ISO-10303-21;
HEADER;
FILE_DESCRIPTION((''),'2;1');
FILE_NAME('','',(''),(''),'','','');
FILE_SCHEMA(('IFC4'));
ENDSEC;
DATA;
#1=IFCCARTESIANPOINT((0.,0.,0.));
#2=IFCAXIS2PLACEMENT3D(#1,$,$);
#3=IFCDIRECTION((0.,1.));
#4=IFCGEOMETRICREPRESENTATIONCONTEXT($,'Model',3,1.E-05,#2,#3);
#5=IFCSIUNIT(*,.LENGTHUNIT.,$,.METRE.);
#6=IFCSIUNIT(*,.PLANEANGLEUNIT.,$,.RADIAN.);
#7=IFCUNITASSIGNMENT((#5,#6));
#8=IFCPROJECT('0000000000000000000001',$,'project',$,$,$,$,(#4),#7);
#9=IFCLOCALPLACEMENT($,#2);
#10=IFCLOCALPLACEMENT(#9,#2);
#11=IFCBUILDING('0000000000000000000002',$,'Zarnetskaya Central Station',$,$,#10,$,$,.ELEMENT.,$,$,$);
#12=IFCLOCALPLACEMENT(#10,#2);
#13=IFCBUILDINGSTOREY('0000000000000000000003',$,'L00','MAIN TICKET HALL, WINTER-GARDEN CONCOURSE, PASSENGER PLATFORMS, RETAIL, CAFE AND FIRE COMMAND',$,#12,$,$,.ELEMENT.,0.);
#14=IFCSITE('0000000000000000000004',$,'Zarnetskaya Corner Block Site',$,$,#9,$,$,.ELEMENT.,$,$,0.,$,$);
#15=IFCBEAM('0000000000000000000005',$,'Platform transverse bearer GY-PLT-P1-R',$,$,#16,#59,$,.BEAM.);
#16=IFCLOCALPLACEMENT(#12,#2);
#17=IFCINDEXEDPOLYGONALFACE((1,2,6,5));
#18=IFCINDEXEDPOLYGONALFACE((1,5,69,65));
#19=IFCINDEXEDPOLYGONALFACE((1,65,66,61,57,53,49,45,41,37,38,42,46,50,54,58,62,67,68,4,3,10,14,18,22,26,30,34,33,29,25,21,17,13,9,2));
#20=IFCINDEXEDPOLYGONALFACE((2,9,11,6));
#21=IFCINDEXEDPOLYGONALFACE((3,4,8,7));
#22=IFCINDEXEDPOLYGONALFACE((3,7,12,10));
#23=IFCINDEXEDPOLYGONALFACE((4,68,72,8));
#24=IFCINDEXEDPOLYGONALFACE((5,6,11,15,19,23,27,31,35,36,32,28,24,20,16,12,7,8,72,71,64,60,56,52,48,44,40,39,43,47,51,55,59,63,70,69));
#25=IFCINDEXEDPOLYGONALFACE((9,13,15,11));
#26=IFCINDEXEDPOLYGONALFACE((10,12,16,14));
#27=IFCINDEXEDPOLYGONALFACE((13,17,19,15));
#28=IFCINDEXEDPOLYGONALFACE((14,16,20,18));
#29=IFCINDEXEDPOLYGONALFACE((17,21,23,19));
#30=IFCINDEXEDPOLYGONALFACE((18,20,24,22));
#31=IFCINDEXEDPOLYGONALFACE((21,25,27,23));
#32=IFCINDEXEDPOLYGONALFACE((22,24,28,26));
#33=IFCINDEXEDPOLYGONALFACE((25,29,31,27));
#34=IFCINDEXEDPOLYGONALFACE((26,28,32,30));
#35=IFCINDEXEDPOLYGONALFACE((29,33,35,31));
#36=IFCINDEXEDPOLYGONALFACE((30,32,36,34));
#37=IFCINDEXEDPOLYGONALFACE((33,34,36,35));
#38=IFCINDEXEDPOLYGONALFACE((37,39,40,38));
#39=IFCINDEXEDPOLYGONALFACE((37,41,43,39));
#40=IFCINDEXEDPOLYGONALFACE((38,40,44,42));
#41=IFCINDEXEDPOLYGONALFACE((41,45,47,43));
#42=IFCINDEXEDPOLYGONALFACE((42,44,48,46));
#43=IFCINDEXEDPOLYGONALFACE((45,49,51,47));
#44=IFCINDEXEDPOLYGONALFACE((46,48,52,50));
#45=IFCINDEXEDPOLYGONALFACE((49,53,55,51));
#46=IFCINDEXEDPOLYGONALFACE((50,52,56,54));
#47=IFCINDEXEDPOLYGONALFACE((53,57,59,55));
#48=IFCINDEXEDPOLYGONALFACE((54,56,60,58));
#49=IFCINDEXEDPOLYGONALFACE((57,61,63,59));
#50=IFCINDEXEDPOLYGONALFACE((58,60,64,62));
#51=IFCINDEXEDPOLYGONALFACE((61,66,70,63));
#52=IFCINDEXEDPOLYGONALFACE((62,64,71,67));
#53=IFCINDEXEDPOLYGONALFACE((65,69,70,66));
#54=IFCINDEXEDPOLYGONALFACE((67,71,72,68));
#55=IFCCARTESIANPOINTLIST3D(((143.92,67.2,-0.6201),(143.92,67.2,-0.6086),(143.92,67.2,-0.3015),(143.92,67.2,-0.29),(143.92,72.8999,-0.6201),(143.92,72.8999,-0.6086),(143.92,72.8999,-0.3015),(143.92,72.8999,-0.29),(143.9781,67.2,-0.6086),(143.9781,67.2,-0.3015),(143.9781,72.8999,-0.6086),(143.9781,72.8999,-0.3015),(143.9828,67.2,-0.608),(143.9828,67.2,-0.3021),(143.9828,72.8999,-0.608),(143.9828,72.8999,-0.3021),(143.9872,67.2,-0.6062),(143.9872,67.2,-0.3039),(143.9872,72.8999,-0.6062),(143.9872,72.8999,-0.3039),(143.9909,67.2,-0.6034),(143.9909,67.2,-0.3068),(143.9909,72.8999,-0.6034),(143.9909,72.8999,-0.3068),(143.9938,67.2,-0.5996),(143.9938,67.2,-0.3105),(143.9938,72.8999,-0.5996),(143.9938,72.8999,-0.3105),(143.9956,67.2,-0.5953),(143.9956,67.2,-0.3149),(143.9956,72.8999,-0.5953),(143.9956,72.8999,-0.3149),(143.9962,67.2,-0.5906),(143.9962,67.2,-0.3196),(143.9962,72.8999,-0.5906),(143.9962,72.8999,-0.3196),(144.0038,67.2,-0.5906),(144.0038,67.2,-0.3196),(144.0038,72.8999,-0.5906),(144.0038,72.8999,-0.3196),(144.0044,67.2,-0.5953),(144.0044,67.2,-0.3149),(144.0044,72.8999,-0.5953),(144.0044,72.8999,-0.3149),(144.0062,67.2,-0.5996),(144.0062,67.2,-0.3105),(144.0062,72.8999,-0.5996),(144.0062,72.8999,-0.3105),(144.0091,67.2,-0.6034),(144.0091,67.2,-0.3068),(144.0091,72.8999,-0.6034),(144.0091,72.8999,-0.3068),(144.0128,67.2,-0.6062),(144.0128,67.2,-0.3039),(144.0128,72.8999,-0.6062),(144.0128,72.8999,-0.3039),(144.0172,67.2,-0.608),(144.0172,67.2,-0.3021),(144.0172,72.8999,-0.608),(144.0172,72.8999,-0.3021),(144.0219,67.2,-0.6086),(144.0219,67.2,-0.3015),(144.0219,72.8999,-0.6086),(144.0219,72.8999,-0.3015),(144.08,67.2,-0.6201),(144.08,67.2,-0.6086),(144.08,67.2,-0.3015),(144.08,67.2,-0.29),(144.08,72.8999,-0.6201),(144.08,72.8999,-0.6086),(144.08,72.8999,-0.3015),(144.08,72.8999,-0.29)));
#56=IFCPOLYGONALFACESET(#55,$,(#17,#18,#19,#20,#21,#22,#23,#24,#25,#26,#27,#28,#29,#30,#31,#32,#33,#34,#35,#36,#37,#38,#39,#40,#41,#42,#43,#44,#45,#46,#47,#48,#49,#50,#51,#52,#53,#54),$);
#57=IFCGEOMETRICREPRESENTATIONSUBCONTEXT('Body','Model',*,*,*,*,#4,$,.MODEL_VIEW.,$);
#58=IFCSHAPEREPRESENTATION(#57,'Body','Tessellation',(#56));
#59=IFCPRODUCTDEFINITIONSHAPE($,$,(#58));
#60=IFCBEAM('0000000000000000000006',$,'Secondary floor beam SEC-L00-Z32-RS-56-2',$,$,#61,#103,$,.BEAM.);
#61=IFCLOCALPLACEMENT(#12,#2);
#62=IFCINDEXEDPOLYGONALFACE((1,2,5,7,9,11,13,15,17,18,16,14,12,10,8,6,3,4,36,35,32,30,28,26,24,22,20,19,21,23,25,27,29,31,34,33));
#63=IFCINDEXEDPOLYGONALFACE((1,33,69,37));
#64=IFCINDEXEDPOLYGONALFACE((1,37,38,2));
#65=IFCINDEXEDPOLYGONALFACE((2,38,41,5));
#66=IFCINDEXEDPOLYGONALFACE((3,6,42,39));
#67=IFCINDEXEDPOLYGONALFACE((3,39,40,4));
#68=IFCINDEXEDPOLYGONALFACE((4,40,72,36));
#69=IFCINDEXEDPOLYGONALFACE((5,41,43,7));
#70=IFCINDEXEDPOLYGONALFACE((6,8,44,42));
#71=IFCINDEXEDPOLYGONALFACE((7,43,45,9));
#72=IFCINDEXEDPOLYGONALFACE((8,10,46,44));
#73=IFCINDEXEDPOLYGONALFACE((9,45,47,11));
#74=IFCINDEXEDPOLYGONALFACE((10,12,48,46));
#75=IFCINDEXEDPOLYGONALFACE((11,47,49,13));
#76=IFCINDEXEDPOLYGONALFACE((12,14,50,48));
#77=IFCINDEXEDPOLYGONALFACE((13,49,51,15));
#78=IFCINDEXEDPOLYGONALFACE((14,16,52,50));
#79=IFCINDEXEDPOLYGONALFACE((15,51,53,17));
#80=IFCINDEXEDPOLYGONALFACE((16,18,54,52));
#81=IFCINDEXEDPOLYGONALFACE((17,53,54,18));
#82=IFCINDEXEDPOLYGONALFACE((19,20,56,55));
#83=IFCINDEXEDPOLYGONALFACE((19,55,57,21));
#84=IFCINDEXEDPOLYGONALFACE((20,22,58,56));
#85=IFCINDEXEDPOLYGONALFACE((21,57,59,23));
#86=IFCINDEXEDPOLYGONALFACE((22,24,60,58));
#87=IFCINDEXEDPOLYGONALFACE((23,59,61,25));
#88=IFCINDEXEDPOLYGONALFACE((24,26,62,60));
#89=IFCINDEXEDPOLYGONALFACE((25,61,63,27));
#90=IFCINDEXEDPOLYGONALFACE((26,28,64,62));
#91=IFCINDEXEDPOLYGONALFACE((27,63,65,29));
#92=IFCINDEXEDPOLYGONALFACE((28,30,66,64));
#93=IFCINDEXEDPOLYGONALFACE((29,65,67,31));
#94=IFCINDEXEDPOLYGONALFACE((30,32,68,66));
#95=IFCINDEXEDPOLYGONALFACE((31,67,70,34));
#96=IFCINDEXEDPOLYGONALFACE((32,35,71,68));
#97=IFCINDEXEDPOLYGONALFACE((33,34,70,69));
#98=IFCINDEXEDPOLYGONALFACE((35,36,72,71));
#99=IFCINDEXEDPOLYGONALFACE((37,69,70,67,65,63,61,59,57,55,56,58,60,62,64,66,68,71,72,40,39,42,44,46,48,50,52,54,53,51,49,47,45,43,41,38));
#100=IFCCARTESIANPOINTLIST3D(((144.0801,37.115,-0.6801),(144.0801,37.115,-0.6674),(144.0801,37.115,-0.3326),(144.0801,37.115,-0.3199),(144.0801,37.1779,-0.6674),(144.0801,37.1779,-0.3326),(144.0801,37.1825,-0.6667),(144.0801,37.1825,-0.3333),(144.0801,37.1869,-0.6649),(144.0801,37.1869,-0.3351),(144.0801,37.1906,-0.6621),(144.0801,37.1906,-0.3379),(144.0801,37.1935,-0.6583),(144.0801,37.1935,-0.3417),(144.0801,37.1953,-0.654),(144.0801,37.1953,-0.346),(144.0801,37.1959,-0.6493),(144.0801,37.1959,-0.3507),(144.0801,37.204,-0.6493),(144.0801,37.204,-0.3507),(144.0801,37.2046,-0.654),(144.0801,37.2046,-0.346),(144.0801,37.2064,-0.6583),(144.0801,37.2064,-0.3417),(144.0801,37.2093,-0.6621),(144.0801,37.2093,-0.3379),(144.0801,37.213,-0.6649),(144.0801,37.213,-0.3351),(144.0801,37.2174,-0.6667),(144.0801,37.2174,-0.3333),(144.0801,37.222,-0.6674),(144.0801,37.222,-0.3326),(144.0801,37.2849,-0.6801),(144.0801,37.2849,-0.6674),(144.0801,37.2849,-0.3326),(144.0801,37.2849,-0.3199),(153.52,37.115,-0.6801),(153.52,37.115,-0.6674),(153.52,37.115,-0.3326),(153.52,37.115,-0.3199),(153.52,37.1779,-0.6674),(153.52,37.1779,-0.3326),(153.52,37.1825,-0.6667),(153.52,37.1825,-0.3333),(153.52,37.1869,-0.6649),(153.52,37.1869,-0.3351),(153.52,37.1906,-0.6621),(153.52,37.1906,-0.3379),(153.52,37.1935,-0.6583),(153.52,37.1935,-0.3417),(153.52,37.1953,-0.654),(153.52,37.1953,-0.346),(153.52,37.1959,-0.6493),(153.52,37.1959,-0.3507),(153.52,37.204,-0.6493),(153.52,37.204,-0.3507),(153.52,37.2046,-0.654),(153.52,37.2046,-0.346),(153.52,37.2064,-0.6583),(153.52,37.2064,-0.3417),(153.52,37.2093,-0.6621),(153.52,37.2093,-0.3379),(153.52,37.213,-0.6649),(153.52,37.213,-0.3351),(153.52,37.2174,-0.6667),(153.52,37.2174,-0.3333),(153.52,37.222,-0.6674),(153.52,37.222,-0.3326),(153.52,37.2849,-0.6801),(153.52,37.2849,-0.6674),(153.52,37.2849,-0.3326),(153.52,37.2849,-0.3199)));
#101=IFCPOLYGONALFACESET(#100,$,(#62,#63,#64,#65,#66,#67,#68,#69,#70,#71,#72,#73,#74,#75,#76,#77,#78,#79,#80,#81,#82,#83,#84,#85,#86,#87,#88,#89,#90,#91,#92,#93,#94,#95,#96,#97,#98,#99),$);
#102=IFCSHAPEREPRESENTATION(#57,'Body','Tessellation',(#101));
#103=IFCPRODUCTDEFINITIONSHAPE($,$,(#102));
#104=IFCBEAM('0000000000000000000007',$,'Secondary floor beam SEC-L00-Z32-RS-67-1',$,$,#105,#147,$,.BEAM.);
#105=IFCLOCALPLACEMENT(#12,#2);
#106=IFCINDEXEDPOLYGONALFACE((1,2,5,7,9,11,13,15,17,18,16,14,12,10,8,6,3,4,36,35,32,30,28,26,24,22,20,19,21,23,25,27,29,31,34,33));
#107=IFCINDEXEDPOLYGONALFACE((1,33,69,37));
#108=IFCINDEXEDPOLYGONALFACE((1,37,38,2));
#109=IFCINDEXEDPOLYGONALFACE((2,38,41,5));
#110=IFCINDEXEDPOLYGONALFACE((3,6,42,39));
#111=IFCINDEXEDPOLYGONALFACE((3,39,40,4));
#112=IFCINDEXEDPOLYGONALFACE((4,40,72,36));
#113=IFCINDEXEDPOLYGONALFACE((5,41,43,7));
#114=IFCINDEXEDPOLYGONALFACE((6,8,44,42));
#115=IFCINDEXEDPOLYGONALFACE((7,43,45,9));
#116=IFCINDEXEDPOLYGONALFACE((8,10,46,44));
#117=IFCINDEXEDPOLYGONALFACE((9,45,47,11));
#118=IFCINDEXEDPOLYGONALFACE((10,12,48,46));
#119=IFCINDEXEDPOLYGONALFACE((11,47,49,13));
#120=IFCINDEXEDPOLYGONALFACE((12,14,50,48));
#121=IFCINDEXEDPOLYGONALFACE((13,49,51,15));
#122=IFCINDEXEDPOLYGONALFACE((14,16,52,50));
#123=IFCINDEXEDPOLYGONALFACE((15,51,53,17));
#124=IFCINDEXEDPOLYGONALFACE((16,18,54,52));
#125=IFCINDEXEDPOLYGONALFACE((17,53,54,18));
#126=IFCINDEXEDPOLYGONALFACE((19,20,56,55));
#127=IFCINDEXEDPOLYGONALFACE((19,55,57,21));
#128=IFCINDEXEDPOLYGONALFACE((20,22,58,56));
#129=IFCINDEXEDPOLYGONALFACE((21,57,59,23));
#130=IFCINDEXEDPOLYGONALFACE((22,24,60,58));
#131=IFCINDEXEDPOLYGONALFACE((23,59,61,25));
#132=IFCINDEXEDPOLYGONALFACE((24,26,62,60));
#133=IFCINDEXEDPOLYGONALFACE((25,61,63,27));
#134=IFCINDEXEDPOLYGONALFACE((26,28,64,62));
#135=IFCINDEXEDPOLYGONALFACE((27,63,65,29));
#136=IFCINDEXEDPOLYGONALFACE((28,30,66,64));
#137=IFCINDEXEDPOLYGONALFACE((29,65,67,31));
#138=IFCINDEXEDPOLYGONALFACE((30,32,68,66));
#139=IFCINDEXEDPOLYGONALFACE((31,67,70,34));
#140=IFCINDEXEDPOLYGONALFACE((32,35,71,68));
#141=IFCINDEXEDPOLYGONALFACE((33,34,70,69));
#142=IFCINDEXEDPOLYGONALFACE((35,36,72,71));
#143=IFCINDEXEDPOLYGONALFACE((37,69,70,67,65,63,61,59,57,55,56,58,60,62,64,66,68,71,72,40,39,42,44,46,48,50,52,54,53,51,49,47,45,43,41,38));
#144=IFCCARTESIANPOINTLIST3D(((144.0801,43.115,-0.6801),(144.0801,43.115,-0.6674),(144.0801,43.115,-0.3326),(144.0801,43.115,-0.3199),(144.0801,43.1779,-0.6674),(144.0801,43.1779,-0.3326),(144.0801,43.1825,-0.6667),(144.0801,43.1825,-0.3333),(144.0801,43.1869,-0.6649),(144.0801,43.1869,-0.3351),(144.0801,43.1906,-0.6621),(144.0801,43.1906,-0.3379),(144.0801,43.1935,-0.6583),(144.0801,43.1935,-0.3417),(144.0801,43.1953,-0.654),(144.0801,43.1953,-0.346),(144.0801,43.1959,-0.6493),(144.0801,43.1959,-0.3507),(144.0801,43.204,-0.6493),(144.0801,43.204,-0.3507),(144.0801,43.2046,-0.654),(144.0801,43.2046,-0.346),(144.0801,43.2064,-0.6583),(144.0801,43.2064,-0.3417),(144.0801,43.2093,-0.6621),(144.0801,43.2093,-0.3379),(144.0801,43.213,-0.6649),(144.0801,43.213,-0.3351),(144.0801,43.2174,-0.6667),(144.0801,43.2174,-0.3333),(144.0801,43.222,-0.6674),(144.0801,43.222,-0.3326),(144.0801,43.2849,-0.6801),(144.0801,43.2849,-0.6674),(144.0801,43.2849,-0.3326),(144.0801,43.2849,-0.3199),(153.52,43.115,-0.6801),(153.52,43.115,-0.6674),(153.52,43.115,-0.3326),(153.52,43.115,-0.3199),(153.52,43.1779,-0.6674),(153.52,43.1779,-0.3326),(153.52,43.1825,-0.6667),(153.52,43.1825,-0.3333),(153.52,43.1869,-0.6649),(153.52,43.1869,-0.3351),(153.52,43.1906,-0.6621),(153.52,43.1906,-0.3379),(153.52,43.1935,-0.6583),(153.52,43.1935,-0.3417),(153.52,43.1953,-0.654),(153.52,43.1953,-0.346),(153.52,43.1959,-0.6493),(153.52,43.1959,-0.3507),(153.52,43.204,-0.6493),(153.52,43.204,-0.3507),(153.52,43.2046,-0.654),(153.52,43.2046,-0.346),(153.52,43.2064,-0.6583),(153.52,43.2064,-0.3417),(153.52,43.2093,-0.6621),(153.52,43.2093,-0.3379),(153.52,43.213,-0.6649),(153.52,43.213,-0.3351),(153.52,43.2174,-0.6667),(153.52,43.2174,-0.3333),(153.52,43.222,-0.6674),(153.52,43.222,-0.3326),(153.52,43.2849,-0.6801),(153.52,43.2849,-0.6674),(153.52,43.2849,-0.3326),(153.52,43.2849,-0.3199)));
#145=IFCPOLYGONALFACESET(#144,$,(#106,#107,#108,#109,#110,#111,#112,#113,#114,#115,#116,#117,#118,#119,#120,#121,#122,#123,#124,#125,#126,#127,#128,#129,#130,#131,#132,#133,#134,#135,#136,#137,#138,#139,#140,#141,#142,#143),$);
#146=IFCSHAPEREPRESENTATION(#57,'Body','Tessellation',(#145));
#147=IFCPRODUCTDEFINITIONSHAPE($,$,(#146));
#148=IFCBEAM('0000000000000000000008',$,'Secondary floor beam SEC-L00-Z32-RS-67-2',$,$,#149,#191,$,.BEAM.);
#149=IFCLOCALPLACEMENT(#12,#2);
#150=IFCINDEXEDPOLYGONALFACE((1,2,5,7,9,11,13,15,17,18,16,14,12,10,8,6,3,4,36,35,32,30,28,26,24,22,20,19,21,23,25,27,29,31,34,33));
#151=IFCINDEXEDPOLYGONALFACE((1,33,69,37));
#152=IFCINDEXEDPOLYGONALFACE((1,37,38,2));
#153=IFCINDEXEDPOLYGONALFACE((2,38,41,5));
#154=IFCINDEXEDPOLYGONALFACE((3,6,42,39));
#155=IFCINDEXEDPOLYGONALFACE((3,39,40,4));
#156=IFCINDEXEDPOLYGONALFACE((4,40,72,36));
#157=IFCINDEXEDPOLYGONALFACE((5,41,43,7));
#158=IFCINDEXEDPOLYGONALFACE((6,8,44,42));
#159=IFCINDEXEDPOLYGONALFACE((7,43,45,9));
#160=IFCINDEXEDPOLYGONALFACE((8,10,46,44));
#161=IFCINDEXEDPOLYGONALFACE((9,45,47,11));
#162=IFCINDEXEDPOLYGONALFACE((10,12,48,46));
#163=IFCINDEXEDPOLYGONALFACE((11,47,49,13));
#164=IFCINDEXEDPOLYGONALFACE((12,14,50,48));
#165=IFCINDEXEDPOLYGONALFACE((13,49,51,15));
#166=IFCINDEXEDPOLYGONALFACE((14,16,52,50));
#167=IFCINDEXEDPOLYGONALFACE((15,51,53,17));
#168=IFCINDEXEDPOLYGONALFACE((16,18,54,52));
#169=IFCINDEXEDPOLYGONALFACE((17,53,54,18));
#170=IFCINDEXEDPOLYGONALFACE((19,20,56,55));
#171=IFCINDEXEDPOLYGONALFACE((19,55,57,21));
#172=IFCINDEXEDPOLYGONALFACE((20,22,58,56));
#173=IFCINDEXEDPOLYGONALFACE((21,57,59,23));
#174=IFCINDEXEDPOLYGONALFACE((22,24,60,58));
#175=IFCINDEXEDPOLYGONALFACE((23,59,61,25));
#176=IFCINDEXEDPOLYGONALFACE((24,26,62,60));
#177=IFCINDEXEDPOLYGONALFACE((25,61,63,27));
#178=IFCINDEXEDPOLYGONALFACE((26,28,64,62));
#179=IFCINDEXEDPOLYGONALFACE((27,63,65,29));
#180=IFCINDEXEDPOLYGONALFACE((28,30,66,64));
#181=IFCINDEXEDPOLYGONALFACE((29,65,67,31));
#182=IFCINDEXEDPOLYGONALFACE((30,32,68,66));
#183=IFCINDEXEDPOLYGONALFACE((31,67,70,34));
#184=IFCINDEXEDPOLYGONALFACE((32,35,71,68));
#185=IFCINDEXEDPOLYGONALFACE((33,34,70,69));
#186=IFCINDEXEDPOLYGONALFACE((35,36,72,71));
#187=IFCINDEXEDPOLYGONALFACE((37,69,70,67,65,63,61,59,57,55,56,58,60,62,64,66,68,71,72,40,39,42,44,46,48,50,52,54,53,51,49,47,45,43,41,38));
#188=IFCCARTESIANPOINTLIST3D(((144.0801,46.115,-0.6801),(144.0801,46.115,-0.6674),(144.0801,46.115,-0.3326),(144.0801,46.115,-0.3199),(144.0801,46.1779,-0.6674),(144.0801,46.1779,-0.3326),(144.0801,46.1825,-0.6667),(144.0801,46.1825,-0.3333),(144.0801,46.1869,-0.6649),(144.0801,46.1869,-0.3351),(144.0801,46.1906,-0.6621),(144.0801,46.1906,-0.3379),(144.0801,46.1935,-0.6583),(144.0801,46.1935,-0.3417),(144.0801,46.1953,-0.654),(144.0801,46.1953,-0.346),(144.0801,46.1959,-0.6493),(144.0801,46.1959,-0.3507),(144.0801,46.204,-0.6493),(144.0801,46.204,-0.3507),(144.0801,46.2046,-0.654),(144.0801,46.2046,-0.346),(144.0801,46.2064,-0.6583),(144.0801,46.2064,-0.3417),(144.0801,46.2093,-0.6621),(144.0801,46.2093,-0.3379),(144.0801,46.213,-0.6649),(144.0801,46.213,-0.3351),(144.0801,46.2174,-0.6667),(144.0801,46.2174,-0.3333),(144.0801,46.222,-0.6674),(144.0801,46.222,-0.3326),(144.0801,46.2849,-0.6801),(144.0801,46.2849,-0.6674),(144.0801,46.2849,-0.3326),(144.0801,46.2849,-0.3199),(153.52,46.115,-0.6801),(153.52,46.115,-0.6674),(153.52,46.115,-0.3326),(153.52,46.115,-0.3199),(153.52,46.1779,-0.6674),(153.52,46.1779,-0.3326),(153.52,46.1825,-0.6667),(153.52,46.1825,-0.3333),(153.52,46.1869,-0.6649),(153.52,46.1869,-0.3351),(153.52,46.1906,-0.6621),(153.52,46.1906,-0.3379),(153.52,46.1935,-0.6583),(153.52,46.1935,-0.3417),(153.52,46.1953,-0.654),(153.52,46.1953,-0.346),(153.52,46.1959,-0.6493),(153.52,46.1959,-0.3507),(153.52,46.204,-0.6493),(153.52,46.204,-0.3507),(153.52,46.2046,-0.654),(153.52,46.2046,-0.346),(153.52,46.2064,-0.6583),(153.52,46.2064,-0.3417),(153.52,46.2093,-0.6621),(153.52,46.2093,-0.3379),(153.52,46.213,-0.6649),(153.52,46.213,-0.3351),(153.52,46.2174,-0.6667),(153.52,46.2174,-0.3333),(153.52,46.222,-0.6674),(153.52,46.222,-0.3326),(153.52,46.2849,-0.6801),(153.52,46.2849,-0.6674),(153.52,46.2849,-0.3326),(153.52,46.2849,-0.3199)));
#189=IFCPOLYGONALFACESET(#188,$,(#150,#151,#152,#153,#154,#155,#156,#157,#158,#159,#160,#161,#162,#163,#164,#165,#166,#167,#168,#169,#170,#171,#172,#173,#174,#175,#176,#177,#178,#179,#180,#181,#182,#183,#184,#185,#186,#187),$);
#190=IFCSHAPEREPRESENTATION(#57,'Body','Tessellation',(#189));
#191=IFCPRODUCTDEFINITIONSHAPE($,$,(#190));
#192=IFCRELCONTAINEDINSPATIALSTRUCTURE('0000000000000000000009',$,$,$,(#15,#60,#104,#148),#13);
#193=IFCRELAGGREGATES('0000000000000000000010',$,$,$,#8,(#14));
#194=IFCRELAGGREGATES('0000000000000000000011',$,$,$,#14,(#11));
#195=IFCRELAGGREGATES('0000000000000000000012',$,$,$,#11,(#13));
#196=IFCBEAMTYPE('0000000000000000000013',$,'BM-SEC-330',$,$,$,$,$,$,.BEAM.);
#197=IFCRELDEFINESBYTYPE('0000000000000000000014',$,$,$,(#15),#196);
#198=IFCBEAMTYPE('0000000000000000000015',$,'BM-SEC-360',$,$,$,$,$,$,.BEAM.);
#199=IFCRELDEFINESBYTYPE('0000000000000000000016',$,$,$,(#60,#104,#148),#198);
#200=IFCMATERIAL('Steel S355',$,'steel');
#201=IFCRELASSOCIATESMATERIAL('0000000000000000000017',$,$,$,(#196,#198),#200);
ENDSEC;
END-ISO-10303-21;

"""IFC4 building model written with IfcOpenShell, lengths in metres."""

from ifc_helpers import new_model, si_unit, direction, frame, origin, origin_2d, place, context, subcontext, project, spatial, i_section, extrude, material, material_profile, profile_set, type_object, element, save


model = new_model("IFC4")

# Units and contexts
model_context = context("Model", 3, precision=1e-05, world=origin(), true_north=direction((0.0, 1.0)))
body_context = subcontext(model_context, "Body", "Model", "MODEL_VIEW")
ifc_project = project(units=[si_unit("LENGTHUNIT", "METRE"), si_unit("PLANEANGLEUNIT", "RADIAN")], contexts=[model_context])

# Site, building, storey
site_placement = place(None, origin())
site = spatial("IfcSite", under=ifc_project, at=site_placement, Name="Zarnetskaya Corner Block Site", CompositionType="ELEMENT", RefElevation=0.0)
building_placement = place(site_placement, origin())
building = spatial("IfcBuilding", under=site, at=building_placement, Name="Zarnetskaya Central Station", CompositionType="ELEMENT")
storey_placement = place(building_placement, origin())
storey = spatial("IfcBuildingStorey", under=building, at=storey_placement, Name="L00", Description="MAIN TICKET HALL, WINTER-GARDEN CONCOURSE, PASSENGER PLATFORMS, RETAIL, CAFE AND FIRE COMMAND", CompositionType="ELEMENT", Elevation=0.0)

# Shared definitions
ifc_material_1 = material(Name="Steel S355", Category="steel")

# Beams
ifc_material_profile_1 = material_profile(ifc_material_1, i_section(OverallWidth=0.1599, OverallDepth=0.3301, WebThickness=0.0076, FlangeThickness=0.0115, FilletRadius=0.0181, at=origin_2d()), Name="IPE 330")
ifc_profile_set_1 = profile_set([ifc_material_profile_1], Name="Steel S355")
beam_type_1 = type_object("IfcBeamType", Name="BM-SEC-330", PredefinedType="BEAM", material=ifc_profile_set_1)
beam_1_placement = place(storey_placement, frame((144.0, 67.2, -0.4551), z_axis=(0.0, 1.0, 0.0), x_axis=(-1.0, 0.0, 0.0)))
element("IfcBeam", 1, at=beam_1_placement, inside=storey, type_object=beam_type_1, Name="Platform transverse bearer GY-PLT-P1-R", PredefinedType="BEAM", context=body_context, shape_type="SweptSolid", body=[
    extrude(i_section(OverallWidth=0.1599, OverallDepth=0.3301, WebThickness=0.0076, FlangeThickness=0.0115, FilletRadius=0.0181, at=origin_2d()), origin(), (0.0, 0.0, 1.0), 5.7),
])
ifc_material_profile_2 = material_profile(ifc_material_1, i_section(OverallWidth=0.1699, OverallDepth=0.3601, WebThickness=0.0081, FlangeThickness=0.0127, FilletRadius=0.0181, at=origin_2d()), Name="IPE 360")
ifc_profile_set_2 = profile_set([ifc_material_profile_2], Name="Steel S355")
beam_type_2 = type_object("IfcBeamType", Name="BM-SEC-360", PredefinedType="BEAM", material=ifc_profile_set_2)
for number, where, z_axis, x_axis, name in (
    (2, (144.0801, 37.2, -0.5), (1.0, 0.0, 0.0), (0.0, 1.0, 0.0), "Secondary floor beam SEC-L00-Z32-RS-56-2"),
    (3, (144.0801, 43.2, -0.5), (1.0, 0.0, 0.0), (0.0, 1.0, 0.0), "Secondary floor beam SEC-L00-Z32-RS-67-1"),
    (4, (144.0801, 46.2, -0.5), (1.0, 0.0, 0.0), (0.0, 1.0, 0.0), "Secondary floor beam SEC-L00-Z32-RS-67-2"),
):
    element("IfcBeam", number, at=place(storey_placement, frame(where, z_axis=z_axis, x_axis=x_axis)), inside=storey, type_object=beam_type_2, Name=name, PredefinedType="BEAM", context=body_context, shape_type="SweptSolid", body=[
        extrude(i_section(OverallWidth=0.1699, OverallDepth=0.3601, WebThickness=0.0081, FlangeThickness=0.0127, FilletRadius=0.0181, at=origin_2d()), origin(), (0.0, 0.0, 1.0), 9.4399),
    ])

save(model, "model.ifc")
